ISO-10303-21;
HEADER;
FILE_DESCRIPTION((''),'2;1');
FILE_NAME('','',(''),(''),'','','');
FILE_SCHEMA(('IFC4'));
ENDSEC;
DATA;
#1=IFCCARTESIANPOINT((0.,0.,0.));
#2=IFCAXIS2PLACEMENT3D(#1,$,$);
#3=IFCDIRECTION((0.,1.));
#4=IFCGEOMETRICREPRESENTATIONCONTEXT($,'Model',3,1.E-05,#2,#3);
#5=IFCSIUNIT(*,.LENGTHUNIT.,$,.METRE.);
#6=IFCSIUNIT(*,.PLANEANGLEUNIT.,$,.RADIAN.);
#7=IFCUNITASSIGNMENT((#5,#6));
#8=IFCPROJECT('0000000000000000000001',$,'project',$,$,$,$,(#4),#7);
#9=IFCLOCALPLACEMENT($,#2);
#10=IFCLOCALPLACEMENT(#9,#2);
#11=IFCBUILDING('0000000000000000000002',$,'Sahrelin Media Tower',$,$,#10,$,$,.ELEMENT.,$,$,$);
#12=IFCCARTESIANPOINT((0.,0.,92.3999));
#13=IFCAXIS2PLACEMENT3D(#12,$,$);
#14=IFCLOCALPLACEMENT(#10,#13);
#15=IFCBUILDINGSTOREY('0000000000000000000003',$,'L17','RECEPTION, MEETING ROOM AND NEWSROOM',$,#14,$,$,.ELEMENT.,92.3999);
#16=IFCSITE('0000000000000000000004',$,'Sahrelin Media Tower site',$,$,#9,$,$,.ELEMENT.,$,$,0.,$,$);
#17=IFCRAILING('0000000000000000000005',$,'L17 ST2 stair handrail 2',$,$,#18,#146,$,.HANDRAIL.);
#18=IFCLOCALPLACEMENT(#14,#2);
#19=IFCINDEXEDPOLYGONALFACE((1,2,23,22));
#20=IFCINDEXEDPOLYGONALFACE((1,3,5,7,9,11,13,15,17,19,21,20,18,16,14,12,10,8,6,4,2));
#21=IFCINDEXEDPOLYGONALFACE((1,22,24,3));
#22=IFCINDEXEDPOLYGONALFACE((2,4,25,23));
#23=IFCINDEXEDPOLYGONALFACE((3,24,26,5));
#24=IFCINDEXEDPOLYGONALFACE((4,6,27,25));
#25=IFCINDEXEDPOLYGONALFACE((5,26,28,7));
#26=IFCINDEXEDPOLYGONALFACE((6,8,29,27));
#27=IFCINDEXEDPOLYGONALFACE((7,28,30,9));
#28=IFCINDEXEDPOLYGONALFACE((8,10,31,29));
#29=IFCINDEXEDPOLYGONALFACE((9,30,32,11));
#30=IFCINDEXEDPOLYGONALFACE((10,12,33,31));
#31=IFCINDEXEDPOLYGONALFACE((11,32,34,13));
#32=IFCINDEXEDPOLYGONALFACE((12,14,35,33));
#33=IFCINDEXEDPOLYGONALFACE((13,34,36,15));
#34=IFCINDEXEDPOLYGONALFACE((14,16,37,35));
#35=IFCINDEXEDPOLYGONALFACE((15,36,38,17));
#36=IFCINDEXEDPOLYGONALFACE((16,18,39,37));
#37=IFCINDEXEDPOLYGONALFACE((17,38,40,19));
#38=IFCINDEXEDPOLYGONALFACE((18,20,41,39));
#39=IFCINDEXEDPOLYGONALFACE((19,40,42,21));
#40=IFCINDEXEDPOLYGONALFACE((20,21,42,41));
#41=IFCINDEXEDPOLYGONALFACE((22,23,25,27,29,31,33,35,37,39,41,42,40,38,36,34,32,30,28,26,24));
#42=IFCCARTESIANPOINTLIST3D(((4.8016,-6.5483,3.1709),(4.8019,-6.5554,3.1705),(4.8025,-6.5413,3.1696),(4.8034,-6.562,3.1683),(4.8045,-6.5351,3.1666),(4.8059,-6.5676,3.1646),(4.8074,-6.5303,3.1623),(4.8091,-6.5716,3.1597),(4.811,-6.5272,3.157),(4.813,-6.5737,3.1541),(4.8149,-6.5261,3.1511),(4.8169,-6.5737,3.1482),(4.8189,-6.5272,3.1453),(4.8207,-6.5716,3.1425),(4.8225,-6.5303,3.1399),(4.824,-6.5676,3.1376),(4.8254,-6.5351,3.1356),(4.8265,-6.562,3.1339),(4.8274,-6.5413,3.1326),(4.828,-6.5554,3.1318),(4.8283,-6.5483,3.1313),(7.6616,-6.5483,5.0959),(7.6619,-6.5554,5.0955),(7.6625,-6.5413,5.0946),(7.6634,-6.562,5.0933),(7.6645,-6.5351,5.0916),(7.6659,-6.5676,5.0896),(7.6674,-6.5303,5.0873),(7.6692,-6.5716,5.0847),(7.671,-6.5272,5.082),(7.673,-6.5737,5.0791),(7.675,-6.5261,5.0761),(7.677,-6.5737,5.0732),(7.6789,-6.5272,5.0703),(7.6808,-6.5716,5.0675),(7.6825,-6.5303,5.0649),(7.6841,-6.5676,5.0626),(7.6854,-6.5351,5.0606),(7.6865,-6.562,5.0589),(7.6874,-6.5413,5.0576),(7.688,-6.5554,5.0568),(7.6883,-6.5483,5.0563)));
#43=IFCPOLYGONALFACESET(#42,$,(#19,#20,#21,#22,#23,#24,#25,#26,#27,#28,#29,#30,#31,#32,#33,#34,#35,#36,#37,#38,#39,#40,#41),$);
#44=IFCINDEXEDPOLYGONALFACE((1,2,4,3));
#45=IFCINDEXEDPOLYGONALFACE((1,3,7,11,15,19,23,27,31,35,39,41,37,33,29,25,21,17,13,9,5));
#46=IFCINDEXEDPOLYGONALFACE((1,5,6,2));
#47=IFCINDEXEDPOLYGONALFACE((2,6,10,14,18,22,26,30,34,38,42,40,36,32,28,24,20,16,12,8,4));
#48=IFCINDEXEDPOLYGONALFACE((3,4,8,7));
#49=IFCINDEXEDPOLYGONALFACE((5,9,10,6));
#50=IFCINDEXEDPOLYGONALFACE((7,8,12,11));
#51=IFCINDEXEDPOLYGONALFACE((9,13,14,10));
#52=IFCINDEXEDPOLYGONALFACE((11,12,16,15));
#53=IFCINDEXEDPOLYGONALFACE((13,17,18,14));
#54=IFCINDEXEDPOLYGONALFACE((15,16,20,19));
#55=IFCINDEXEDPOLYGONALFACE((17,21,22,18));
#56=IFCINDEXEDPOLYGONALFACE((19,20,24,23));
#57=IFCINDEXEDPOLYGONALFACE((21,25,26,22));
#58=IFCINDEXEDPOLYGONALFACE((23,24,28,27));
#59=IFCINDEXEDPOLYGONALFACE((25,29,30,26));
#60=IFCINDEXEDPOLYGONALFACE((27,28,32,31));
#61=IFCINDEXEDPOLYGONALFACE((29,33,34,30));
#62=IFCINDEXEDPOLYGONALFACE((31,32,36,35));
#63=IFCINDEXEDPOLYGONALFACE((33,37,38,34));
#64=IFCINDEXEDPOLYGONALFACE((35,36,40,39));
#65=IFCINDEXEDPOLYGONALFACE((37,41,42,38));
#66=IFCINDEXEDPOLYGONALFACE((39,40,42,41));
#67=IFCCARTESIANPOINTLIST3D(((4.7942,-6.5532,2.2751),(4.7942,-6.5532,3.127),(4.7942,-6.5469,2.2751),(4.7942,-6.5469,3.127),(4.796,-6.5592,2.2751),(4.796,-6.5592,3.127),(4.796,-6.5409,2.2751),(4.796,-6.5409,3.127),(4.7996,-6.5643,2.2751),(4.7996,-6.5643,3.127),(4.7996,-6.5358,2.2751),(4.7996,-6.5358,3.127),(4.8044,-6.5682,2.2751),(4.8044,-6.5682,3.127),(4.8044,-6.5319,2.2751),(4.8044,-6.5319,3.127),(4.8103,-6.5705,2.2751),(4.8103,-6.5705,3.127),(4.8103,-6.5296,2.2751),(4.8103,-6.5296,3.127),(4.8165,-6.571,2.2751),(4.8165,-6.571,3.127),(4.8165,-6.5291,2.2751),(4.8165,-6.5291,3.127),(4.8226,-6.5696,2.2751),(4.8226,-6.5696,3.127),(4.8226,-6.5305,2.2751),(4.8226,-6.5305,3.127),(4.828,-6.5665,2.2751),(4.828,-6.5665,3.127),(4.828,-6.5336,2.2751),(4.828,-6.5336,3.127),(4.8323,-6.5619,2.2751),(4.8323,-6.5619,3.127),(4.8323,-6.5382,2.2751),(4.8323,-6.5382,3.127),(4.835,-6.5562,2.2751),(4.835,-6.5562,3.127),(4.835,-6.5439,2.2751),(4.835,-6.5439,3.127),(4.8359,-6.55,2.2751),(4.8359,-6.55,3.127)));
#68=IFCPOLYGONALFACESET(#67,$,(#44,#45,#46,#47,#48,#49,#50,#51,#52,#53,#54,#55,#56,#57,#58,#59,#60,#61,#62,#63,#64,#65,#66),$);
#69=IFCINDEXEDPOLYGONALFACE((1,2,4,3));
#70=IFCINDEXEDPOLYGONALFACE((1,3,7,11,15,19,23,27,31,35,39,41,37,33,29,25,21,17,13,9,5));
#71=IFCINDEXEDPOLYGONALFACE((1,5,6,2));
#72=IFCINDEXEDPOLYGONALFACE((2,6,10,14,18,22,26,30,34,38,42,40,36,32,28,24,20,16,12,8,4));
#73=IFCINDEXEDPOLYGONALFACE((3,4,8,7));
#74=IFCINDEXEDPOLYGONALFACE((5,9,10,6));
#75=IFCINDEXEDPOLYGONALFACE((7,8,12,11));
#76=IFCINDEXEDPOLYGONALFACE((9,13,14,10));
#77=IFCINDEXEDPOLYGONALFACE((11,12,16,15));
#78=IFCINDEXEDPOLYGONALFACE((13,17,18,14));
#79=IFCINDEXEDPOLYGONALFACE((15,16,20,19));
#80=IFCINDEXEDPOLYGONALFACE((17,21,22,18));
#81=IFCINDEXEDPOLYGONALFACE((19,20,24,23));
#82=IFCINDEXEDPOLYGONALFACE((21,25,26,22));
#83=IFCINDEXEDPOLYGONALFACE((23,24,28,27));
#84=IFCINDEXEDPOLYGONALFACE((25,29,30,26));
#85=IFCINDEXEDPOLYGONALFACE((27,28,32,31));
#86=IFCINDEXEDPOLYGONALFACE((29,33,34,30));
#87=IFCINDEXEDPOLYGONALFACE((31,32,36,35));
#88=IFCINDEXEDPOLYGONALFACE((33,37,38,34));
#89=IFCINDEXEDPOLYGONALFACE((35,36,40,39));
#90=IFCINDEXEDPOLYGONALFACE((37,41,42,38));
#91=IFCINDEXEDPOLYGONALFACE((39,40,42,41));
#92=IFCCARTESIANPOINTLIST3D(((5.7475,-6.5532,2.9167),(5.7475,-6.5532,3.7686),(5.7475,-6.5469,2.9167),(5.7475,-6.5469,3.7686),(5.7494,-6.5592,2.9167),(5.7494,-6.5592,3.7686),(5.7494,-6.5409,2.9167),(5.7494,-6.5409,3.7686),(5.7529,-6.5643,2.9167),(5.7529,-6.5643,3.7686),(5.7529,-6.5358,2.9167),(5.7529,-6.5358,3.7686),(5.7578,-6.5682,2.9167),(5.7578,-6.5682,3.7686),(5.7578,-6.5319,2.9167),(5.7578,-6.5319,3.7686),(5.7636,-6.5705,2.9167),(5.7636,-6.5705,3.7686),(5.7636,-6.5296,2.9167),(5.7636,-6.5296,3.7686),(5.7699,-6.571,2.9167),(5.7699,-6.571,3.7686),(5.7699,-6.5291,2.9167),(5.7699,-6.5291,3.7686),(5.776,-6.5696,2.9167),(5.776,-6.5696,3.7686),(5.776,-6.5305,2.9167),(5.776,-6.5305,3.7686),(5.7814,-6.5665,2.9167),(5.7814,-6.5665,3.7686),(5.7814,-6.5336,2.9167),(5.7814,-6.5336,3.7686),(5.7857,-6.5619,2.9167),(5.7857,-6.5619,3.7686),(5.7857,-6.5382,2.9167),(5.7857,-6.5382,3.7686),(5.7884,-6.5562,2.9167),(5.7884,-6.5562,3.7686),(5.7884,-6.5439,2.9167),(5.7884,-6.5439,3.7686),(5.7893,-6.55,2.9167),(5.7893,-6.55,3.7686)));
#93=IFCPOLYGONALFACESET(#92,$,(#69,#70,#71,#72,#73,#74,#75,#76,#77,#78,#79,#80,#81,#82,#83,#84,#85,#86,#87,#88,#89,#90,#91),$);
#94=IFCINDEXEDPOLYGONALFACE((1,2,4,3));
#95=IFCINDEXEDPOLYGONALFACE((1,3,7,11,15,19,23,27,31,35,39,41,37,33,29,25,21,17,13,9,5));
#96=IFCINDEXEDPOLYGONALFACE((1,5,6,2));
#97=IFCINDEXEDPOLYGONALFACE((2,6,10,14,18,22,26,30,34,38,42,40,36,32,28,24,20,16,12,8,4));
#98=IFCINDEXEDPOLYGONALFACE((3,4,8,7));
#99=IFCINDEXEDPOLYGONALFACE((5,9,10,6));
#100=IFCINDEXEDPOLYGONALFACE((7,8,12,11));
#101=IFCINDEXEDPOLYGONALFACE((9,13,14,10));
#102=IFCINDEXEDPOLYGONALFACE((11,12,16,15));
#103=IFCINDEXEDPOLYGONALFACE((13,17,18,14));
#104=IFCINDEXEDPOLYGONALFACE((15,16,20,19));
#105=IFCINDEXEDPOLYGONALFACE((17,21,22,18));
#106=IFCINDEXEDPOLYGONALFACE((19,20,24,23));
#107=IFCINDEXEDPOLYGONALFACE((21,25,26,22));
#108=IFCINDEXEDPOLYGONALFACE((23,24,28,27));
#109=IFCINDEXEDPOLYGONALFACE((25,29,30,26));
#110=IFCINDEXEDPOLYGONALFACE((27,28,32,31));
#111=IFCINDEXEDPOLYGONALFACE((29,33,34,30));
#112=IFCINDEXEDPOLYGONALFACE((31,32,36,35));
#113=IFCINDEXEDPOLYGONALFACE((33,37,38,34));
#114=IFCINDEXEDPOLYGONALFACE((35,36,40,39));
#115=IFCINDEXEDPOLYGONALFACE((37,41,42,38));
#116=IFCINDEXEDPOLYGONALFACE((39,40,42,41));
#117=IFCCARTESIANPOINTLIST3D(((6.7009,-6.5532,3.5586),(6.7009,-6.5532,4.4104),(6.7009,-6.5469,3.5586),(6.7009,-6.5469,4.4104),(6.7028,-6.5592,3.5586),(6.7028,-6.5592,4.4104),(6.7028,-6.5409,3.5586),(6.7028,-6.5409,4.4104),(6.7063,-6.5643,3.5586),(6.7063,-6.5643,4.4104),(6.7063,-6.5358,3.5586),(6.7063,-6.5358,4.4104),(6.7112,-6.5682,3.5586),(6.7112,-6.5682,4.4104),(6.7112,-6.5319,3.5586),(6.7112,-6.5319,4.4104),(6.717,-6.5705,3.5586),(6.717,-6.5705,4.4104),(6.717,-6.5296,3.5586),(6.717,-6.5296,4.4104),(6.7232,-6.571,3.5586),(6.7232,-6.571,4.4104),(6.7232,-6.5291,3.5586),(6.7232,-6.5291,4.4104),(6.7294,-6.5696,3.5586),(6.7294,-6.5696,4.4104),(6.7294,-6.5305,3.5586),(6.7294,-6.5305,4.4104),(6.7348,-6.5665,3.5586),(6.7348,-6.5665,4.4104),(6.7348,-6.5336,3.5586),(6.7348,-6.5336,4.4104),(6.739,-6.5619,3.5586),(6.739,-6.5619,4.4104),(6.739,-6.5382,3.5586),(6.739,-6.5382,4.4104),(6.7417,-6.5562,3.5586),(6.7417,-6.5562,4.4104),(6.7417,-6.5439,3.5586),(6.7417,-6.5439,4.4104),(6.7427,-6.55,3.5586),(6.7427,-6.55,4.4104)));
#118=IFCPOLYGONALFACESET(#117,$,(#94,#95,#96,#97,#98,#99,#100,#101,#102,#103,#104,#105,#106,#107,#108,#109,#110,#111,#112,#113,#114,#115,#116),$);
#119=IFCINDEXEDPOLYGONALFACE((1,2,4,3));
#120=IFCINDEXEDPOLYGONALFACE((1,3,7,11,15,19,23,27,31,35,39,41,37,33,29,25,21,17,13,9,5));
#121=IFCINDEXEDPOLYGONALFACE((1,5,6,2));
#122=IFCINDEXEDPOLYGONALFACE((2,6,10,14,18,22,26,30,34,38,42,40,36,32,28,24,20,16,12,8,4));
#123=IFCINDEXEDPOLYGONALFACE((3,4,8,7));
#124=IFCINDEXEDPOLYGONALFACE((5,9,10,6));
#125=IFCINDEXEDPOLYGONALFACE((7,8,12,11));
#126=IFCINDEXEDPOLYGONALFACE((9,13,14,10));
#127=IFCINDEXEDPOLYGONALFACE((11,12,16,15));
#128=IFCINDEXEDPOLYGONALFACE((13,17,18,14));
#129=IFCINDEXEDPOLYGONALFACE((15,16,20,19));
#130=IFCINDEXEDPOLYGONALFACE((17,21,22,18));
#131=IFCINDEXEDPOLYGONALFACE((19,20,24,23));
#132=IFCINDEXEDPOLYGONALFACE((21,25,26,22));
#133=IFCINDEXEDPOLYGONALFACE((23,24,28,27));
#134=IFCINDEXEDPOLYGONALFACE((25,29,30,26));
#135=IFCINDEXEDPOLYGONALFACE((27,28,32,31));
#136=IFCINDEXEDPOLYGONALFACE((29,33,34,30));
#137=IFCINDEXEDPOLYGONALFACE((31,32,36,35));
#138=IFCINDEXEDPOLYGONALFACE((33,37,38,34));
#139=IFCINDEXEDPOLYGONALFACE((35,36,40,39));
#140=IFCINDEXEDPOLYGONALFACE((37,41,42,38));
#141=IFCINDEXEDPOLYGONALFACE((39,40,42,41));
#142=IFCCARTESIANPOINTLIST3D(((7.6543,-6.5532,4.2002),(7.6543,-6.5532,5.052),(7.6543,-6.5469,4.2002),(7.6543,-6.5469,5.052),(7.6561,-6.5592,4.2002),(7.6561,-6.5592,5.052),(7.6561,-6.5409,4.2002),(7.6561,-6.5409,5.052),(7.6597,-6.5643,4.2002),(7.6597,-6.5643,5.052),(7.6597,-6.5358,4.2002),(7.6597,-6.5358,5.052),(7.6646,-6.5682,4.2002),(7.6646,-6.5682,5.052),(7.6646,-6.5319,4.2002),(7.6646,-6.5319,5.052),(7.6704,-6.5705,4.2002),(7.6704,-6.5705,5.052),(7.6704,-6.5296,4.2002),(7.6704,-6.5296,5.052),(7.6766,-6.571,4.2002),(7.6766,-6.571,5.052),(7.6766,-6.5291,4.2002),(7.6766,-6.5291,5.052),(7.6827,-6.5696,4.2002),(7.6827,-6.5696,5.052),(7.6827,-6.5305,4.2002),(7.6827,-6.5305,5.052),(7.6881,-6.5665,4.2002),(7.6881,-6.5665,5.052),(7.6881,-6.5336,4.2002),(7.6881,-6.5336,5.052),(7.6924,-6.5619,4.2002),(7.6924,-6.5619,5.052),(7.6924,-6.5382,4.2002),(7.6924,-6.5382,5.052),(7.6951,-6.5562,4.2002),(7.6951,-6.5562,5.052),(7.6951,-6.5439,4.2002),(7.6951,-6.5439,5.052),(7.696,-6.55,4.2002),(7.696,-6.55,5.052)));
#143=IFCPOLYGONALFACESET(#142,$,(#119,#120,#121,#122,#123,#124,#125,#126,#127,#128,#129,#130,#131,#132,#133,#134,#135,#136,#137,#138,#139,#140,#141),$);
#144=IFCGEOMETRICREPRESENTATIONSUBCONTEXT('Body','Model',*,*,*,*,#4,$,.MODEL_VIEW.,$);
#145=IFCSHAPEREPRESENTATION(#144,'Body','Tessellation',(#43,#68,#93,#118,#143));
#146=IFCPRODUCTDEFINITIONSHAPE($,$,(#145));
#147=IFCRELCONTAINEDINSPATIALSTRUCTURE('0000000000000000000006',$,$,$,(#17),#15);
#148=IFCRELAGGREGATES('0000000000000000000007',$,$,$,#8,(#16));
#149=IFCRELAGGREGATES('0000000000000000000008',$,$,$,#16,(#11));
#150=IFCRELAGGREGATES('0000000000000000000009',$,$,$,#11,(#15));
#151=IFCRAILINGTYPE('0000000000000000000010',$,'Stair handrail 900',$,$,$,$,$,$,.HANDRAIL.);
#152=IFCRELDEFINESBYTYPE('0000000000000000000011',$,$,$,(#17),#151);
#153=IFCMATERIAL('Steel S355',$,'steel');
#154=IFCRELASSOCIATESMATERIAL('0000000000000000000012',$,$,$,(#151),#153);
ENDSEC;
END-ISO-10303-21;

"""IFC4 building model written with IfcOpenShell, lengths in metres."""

from ifc_helpers import new_model, si_unit, direction, frame, origin, origin_2d, place, context, subcontext, project, spatial, circle, extrude, material, type_object, element, save


model = new_model("IFC4")

# Units and contexts
model_context = context("Model", 3, precision=1e-05, world=origin(), true_north=direction((0.0, 1.0)))
body_context = subcontext(model_context, "Body", "Model", "MODEL_VIEW")
ifc_project = project(units=[si_unit("LENGTHUNIT", "METRE"), si_unit("PLANEANGLEUNIT", "RADIAN")], contexts=[model_context])

# Site, building, storey
site_placement = place(None, origin())
site = spatial("IfcSite", under=ifc_project, at=site_placement, Name="Sahrelin Media Tower site", CompositionType="ELEMENT", RefElevation=0.0)
building_placement = place(site_placement, origin())
building = spatial("IfcBuilding", under=site, at=building_placement, Name="Sahrelin Media Tower", CompositionType="ELEMENT")
storey_placement = place(building_placement, frame((0.0, 0.0, 92.3999)))
storey = spatial("IfcBuildingStorey", under=building, at=storey_placement, Name="L17", Description="RECEPTION, MEETING ROOM AND NEWSROOM", CompositionType="ELEMENT", Elevation=92.3999)

# Railing
ifc_material_1 = material(Name="Steel S355", Category="steel")
railing_type_1 = type_object("IfcRailingType", Name="Stair handrail 900", PredefinedType="HANDRAIL", material=ifc_material_1)
railing_1_placement = place(storey_placement, frame((4.8149, -6.55, 2.2751)))
element("IfcRailing", 1, at=railing_1_placement, inside=storey, type_object=railing_type_1, Name="L17 ST2 stair handrail 2", PredefinedType="HANDRAIL", context=body_context, shape_type="SweptSolid", body=[
    extrude(circle(Radius=0.0239, at=origin_2d()), frame((0.0, 0.0, 0.876), z_axis=(0.829591, 0.0, 0.558372), x_axis=(0.0, 1.0, 0.0)), (0.0, 0.0, 1.0), 3.4475),
    extrude(circle(Radius=0.021, at=origin_2d()), origin(), (0.0, 0.0, 1.0), 0.8518),
    extrude(circle(Radius=0.021, at=origin_2d()), frame((0.9534, 0.0, 0.6416)), (0.0, 0.0, 1.0), 0.8518),
    extrude(circle(Radius=0.021, at=origin_2d()), frame((1.9067, 0.0, 1.2834)), (0.0, 0.0, 1.0), 0.8518),
    extrude(circle(Radius=0.021, at=origin_2d()), frame((2.8601, 0.0, 1.925)), (0.0, 0.0, 1.0), 0.8518),
])

save(model, "model.ifc")
